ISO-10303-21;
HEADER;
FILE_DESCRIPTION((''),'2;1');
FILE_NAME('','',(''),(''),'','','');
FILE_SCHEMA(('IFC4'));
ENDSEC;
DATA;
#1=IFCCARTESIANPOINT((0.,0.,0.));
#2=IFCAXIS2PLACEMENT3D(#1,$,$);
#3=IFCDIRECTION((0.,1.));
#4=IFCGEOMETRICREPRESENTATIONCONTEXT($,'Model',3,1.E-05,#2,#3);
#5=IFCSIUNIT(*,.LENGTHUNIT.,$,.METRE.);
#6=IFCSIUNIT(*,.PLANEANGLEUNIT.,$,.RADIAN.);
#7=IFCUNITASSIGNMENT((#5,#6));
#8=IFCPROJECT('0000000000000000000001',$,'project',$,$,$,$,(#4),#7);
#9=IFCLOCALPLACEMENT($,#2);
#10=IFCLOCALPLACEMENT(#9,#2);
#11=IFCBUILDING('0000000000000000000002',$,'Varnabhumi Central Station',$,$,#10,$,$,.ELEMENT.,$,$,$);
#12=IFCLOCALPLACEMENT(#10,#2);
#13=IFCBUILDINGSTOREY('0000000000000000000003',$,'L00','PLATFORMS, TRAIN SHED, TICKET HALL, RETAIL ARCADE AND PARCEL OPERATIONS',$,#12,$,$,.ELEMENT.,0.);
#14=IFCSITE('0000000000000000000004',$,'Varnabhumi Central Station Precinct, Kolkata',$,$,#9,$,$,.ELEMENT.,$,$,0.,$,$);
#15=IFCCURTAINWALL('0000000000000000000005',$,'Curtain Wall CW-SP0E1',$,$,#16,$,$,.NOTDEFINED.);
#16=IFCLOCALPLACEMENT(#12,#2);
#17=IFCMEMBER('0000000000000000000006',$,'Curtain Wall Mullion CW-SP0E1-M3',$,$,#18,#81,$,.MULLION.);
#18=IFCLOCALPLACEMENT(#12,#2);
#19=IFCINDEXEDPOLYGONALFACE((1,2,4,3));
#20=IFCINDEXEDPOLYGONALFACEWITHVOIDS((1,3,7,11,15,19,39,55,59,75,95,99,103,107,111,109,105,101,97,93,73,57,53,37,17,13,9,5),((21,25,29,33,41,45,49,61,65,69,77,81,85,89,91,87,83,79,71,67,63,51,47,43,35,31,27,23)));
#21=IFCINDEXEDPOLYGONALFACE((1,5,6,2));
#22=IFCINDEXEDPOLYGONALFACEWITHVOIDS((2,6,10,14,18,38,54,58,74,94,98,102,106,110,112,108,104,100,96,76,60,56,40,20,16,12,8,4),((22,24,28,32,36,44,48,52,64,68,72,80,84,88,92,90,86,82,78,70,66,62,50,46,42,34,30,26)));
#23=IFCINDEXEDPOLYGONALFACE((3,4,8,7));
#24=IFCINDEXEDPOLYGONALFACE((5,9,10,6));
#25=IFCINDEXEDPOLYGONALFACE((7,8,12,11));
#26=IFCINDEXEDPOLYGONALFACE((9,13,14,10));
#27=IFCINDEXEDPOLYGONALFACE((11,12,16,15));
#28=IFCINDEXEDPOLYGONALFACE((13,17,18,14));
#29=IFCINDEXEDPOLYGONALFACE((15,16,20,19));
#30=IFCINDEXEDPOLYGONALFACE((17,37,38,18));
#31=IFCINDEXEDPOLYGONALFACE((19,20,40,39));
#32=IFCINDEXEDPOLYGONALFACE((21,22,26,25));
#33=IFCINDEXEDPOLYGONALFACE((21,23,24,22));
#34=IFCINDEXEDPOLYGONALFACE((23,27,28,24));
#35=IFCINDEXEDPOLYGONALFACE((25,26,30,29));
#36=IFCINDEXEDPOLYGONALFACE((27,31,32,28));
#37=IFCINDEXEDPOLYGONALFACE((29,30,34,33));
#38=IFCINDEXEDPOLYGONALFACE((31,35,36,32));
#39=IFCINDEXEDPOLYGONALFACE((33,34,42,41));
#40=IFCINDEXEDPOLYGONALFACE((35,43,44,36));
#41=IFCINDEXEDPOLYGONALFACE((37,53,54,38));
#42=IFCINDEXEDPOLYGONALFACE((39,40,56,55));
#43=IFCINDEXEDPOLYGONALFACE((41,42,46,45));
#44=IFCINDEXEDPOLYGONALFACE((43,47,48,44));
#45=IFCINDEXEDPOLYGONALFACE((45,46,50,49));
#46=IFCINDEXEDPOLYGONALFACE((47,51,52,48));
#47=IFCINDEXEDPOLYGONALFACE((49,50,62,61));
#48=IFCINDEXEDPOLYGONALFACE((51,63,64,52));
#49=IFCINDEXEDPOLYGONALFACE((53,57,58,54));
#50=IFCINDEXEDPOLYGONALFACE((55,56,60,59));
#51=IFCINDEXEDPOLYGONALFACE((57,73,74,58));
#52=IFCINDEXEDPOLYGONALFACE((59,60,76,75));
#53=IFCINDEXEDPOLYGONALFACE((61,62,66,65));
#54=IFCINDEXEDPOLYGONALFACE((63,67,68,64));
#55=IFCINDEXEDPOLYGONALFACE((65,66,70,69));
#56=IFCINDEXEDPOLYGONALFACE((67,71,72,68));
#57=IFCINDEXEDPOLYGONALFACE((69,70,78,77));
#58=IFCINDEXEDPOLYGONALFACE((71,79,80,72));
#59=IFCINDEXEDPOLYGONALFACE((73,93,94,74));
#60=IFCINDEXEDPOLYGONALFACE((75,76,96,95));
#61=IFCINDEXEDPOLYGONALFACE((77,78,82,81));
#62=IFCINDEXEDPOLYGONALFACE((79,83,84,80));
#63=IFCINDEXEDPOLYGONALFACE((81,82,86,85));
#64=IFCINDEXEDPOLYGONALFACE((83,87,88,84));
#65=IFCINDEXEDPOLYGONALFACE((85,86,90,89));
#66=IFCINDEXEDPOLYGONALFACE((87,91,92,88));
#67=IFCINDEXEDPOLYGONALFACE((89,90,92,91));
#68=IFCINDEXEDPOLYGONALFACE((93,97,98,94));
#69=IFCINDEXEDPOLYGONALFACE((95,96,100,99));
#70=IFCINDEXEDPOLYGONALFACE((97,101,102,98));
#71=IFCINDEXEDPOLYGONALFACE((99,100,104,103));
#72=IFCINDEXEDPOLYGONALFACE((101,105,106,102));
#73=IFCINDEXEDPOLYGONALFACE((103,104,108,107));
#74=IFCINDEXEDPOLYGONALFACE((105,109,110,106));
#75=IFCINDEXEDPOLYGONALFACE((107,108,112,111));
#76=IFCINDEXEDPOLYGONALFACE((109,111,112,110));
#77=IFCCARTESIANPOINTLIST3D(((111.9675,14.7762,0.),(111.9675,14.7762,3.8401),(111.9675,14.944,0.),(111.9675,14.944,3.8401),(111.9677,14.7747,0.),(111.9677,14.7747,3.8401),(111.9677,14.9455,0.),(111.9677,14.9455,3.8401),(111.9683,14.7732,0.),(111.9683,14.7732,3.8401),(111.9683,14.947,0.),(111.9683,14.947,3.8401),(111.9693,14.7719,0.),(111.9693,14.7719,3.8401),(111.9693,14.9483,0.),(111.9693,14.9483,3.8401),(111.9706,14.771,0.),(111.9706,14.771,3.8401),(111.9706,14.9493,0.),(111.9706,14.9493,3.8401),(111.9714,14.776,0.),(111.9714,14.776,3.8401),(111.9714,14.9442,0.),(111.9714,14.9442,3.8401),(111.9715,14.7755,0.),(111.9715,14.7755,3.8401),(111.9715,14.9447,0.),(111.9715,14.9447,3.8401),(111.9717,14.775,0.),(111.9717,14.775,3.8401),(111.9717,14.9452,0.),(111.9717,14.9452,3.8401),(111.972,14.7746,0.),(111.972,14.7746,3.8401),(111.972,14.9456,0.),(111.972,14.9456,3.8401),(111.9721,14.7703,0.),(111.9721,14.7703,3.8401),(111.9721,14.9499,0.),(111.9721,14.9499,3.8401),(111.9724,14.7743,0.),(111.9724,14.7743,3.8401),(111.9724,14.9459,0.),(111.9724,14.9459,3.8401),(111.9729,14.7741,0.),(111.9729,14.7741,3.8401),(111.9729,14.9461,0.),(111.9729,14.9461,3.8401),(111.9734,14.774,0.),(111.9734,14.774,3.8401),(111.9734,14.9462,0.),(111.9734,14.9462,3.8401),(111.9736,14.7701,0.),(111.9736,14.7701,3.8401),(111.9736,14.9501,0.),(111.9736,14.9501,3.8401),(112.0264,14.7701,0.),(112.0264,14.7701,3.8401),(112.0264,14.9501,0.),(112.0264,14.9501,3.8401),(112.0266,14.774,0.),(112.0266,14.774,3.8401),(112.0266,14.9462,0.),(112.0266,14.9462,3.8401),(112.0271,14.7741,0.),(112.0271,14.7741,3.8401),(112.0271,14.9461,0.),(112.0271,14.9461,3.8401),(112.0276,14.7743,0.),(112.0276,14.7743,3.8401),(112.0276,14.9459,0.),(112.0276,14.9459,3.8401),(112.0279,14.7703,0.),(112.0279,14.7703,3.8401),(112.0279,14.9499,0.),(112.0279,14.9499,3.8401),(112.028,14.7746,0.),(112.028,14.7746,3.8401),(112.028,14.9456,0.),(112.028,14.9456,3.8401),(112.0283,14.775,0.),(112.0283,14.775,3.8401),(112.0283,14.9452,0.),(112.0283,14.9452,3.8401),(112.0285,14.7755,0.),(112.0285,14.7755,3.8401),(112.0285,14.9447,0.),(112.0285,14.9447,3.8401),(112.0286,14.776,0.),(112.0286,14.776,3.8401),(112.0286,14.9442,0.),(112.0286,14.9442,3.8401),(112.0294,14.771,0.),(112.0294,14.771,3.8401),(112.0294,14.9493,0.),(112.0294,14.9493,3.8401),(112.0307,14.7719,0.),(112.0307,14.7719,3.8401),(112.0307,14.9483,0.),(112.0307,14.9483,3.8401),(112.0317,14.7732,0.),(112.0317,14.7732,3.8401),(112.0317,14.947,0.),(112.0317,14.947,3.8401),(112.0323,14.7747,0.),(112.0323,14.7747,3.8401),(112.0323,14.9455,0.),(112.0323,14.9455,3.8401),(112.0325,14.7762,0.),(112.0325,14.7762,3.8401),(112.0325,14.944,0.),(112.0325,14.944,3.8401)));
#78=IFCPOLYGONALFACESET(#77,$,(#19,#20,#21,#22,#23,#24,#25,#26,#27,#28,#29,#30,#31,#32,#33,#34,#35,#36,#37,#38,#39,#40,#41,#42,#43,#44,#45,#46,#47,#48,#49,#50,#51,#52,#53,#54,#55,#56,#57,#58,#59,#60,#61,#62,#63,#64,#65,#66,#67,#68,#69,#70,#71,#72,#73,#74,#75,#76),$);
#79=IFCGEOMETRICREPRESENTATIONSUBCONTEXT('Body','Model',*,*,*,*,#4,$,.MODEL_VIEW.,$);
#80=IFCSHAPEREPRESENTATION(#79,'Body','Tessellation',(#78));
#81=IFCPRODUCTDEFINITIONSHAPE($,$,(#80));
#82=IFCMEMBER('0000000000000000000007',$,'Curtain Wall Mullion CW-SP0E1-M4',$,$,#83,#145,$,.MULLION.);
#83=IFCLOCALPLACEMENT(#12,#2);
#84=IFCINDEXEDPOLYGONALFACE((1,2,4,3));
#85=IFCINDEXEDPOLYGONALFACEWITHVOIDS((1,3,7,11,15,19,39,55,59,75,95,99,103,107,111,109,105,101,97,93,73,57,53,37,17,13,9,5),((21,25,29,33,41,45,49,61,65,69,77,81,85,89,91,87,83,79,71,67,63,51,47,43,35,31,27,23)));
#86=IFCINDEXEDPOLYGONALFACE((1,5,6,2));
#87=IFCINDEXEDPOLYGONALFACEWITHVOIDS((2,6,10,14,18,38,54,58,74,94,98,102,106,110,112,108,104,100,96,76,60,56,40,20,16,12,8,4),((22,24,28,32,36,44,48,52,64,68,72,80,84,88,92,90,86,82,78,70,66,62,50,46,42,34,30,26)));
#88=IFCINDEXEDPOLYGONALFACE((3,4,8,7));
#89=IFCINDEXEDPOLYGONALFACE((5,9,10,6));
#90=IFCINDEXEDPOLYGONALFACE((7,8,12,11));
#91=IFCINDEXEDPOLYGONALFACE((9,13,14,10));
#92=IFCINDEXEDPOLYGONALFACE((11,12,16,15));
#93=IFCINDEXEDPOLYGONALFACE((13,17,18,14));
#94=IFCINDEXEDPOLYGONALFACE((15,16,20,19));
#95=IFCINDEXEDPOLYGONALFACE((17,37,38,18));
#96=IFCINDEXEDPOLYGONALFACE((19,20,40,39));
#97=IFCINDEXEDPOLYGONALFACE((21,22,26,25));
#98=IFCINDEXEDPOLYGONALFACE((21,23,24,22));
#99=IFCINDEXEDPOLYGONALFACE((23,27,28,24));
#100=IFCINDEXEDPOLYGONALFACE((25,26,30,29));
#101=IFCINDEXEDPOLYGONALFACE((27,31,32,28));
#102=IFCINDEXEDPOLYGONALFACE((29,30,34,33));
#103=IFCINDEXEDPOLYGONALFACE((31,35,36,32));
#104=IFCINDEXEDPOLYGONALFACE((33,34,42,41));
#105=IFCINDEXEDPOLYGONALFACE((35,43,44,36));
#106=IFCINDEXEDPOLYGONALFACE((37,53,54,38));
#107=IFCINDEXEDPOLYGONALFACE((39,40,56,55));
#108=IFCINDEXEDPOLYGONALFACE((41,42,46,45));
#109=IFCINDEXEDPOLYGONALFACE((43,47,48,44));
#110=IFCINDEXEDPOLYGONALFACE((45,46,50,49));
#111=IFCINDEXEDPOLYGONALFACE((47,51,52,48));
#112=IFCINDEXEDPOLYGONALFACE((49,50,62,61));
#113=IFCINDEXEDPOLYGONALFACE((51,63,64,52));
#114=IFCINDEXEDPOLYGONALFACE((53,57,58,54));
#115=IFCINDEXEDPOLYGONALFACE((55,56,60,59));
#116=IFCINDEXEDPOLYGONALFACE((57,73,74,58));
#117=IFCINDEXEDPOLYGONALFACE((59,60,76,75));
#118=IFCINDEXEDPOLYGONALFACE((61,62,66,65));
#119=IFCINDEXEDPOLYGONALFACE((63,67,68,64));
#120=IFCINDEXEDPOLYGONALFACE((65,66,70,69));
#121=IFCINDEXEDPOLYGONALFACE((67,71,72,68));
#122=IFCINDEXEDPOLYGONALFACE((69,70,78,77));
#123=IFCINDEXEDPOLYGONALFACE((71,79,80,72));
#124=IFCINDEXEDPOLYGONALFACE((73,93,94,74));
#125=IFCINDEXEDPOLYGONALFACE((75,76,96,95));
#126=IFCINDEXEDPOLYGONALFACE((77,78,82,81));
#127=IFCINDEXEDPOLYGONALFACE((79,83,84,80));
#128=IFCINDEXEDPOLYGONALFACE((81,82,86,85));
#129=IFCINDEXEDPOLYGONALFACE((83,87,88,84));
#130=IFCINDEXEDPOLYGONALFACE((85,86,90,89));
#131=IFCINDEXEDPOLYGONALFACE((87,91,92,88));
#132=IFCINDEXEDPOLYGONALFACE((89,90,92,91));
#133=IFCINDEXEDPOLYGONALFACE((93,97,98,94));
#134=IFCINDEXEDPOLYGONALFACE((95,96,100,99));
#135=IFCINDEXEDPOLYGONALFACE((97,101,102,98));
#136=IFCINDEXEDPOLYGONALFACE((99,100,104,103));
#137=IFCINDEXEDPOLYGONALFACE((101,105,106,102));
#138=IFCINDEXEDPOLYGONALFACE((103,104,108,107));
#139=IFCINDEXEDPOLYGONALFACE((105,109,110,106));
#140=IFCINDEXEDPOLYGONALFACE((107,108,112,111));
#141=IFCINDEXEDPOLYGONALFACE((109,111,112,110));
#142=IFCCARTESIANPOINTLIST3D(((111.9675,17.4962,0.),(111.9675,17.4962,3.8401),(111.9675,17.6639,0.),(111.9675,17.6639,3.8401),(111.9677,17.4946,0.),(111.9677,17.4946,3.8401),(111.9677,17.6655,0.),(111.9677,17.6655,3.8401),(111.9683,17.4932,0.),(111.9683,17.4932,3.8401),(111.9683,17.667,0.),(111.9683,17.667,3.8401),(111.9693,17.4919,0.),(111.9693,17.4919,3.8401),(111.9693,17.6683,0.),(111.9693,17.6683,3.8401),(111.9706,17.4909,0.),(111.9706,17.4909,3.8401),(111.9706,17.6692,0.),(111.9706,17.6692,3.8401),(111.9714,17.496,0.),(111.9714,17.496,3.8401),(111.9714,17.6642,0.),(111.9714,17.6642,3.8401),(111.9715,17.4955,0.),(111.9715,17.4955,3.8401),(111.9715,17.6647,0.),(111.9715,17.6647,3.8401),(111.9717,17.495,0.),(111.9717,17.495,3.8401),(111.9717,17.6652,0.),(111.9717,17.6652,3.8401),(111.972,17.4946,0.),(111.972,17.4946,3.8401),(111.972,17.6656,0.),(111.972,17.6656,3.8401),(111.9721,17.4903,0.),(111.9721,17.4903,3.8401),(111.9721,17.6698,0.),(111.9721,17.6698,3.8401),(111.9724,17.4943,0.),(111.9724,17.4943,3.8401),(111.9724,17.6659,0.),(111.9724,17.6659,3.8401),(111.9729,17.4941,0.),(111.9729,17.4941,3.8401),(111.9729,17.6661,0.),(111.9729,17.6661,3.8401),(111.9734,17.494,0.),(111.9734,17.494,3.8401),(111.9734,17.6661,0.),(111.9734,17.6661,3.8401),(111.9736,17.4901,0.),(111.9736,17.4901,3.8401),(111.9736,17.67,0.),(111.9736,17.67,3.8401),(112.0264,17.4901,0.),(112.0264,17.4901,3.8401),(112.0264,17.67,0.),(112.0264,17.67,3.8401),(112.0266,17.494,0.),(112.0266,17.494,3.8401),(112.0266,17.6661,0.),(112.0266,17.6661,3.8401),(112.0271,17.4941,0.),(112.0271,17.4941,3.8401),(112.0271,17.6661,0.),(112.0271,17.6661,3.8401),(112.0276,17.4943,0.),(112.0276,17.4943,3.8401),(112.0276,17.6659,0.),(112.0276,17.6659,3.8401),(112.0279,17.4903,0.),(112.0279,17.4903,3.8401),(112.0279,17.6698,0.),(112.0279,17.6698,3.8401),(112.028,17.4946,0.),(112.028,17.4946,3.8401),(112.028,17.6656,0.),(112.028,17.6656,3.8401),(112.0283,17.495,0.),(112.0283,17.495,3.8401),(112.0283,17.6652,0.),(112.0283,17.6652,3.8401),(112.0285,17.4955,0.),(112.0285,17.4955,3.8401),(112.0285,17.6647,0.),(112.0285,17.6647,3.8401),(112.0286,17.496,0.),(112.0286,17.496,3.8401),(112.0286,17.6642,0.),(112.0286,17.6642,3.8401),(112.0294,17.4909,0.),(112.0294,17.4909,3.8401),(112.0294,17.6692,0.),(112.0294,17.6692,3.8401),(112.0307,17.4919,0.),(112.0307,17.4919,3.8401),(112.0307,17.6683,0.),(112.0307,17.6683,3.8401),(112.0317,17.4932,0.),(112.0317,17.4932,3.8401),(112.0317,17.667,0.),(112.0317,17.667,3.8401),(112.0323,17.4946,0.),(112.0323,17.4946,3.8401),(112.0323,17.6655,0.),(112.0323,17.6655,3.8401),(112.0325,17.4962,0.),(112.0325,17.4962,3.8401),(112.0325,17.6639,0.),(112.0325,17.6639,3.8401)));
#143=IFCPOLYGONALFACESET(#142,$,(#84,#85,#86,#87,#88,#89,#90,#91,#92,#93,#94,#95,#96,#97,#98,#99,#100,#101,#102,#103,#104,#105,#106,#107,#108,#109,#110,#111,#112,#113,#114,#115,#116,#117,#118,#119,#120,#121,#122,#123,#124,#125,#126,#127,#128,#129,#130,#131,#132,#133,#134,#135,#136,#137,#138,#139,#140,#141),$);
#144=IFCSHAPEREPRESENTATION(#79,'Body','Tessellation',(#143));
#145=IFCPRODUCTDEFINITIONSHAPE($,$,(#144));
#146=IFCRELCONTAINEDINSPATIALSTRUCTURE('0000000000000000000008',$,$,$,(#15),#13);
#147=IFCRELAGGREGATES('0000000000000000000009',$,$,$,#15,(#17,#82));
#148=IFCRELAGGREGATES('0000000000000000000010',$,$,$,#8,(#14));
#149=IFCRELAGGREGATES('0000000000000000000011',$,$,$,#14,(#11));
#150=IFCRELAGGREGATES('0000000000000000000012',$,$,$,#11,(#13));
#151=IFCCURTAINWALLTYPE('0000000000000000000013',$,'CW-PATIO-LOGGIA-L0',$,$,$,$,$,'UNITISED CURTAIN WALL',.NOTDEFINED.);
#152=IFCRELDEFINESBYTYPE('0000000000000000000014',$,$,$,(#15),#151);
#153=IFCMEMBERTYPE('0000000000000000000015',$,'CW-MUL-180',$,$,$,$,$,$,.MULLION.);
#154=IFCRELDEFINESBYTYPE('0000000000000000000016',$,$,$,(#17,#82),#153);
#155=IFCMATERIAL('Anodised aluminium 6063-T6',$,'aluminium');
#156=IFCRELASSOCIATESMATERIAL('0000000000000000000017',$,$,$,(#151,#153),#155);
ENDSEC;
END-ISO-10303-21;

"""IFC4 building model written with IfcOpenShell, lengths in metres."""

from ifc_helpers import new_model, si_unit, direction, frame, origin, origin_2d, place, context, subcontext, project, spatial, hollow_rectangle, extrude, material, material_profile, profile_set, type_object, element, aggregate, save


model = new_model("IFC4")

# Units and contexts
model_context = context("Model", 3, precision=1e-05, world=origin(), true_north=direction((0.0, 1.0)))
body_context = subcontext(model_context, "Body", "Model", "MODEL_VIEW")
ifc_project = project(units=[si_unit("LENGTHUNIT", "METRE"), si_unit("PLANEANGLEUNIT", "RADIAN")], contexts=[model_context])

# Site, building, storey
site_placement = place(None, origin())
site = spatial("IfcSite", under=ifc_project, at=site_placement, Name="Varnabhumi Central Station Precinct, Kolkata", CompositionType="ELEMENT", RefElevation=0.0)
building_placement = place(site_placement, origin())
building = spatial("IfcBuilding", under=site, at=building_placement, Name="Varnabhumi Central Station", CompositionType="ELEMENT")
storey_placement = place(building_placement, origin())
storey = spatial("IfcBuildingStorey", under=building, at=storey_placement, Name="L00", Description="PLATFORMS, TRAIN SHED, TICKET HALL, RETAIL ARCADE AND PARCEL OPERATIONS", CompositionType="ELEMENT", Elevation=0.0)

# Curtain wall, members
ifc_material_1 = material(Name="Anodised aluminium 6063-T6", Category="aluminium")
curtain_wall_type = type_object("IfcCurtainWallType", Name="CW-PATIO-LOGGIA-L0", ElementType="UNITISED CURTAIN WALL", PredefinedType="NOTDEFINED", material=ifc_material_1)
curtain_wall_1_placement = place(storey_placement, origin())
curtain_wall_1 = element("IfcCurtainWall", 1, at=curtain_wall_1_placement, inside=storey, type_object=curtain_wall_type, Name="Curtain Wall CW-SP0E1", PredefinedType="NOTDEFINED")
ifc_material_profile_1 = material_profile(ifc_material_1, hollow_rectangle(XDim=0.0649, YDim=0.1799, WallThickness=0.0039, InnerFilletRadius=0.002, OuterFilletRadius=0.0061, at=origin_2d()), Name="Anodised aluminium 6063-T6", Category="aluminium")
ifc_profile_set_1 = profile_set([ifc_material_profile_1], Name="Anodised aluminium 6063-T6")
member_type_1 = type_object("IfcMemberType", Name="CW-MUL-180", PredefinedType="MULLION", material=ifc_profile_set_1)
member_1_placement = place(storey_placement, frame((112.0, 14.8601, 0.0), z_axis=(0.0, 0.0, 1.0), x_axis=(1.0, 0.0, 0.0)))
member_1 = element("IfcMember", 2, at=member_1_placement, type_object=member_type_1, Name="Curtain Wall Mullion CW-SP0E1-M3", PredefinedType="MULLION", context=body_context, shape_type="SweptSolid", body=[
    extrude(hollow_rectangle(XDim=0.0649, YDim=0.1799, WallThickness=0.0039, InnerFilletRadius=0.002, OuterFilletRadius=0.0061, at=origin_2d()), origin(), (0.0, 0.0, 1.0), 3.8401),
])
member_2_placement = place(storey_placement, frame((112.0, 17.5801, 0.0), z_axis=(0.0, 0.0, 1.0), x_axis=(1.0, 0.0, 0.0)))
member_2 = element("IfcMember", 3, at=member_2_placement, type_object=member_type_1, Name="Curtain Wall Mullion CW-SP0E1-M4", PredefinedType="MULLION", context=body_context, shape_type="SweptSolid", body=[
    extrude(hollow_rectangle(XDim=0.0649, YDim=0.1799, WallThickness=0.0039, InnerFilletRadius=0.002, OuterFilletRadius=0.0061, at=origin_2d()), origin(), (0.0, 0.0, 1.0), 3.8401),
])

aggregate(curtain_wall_1, [member_1, member_2])

save(model, "model.ifc")
